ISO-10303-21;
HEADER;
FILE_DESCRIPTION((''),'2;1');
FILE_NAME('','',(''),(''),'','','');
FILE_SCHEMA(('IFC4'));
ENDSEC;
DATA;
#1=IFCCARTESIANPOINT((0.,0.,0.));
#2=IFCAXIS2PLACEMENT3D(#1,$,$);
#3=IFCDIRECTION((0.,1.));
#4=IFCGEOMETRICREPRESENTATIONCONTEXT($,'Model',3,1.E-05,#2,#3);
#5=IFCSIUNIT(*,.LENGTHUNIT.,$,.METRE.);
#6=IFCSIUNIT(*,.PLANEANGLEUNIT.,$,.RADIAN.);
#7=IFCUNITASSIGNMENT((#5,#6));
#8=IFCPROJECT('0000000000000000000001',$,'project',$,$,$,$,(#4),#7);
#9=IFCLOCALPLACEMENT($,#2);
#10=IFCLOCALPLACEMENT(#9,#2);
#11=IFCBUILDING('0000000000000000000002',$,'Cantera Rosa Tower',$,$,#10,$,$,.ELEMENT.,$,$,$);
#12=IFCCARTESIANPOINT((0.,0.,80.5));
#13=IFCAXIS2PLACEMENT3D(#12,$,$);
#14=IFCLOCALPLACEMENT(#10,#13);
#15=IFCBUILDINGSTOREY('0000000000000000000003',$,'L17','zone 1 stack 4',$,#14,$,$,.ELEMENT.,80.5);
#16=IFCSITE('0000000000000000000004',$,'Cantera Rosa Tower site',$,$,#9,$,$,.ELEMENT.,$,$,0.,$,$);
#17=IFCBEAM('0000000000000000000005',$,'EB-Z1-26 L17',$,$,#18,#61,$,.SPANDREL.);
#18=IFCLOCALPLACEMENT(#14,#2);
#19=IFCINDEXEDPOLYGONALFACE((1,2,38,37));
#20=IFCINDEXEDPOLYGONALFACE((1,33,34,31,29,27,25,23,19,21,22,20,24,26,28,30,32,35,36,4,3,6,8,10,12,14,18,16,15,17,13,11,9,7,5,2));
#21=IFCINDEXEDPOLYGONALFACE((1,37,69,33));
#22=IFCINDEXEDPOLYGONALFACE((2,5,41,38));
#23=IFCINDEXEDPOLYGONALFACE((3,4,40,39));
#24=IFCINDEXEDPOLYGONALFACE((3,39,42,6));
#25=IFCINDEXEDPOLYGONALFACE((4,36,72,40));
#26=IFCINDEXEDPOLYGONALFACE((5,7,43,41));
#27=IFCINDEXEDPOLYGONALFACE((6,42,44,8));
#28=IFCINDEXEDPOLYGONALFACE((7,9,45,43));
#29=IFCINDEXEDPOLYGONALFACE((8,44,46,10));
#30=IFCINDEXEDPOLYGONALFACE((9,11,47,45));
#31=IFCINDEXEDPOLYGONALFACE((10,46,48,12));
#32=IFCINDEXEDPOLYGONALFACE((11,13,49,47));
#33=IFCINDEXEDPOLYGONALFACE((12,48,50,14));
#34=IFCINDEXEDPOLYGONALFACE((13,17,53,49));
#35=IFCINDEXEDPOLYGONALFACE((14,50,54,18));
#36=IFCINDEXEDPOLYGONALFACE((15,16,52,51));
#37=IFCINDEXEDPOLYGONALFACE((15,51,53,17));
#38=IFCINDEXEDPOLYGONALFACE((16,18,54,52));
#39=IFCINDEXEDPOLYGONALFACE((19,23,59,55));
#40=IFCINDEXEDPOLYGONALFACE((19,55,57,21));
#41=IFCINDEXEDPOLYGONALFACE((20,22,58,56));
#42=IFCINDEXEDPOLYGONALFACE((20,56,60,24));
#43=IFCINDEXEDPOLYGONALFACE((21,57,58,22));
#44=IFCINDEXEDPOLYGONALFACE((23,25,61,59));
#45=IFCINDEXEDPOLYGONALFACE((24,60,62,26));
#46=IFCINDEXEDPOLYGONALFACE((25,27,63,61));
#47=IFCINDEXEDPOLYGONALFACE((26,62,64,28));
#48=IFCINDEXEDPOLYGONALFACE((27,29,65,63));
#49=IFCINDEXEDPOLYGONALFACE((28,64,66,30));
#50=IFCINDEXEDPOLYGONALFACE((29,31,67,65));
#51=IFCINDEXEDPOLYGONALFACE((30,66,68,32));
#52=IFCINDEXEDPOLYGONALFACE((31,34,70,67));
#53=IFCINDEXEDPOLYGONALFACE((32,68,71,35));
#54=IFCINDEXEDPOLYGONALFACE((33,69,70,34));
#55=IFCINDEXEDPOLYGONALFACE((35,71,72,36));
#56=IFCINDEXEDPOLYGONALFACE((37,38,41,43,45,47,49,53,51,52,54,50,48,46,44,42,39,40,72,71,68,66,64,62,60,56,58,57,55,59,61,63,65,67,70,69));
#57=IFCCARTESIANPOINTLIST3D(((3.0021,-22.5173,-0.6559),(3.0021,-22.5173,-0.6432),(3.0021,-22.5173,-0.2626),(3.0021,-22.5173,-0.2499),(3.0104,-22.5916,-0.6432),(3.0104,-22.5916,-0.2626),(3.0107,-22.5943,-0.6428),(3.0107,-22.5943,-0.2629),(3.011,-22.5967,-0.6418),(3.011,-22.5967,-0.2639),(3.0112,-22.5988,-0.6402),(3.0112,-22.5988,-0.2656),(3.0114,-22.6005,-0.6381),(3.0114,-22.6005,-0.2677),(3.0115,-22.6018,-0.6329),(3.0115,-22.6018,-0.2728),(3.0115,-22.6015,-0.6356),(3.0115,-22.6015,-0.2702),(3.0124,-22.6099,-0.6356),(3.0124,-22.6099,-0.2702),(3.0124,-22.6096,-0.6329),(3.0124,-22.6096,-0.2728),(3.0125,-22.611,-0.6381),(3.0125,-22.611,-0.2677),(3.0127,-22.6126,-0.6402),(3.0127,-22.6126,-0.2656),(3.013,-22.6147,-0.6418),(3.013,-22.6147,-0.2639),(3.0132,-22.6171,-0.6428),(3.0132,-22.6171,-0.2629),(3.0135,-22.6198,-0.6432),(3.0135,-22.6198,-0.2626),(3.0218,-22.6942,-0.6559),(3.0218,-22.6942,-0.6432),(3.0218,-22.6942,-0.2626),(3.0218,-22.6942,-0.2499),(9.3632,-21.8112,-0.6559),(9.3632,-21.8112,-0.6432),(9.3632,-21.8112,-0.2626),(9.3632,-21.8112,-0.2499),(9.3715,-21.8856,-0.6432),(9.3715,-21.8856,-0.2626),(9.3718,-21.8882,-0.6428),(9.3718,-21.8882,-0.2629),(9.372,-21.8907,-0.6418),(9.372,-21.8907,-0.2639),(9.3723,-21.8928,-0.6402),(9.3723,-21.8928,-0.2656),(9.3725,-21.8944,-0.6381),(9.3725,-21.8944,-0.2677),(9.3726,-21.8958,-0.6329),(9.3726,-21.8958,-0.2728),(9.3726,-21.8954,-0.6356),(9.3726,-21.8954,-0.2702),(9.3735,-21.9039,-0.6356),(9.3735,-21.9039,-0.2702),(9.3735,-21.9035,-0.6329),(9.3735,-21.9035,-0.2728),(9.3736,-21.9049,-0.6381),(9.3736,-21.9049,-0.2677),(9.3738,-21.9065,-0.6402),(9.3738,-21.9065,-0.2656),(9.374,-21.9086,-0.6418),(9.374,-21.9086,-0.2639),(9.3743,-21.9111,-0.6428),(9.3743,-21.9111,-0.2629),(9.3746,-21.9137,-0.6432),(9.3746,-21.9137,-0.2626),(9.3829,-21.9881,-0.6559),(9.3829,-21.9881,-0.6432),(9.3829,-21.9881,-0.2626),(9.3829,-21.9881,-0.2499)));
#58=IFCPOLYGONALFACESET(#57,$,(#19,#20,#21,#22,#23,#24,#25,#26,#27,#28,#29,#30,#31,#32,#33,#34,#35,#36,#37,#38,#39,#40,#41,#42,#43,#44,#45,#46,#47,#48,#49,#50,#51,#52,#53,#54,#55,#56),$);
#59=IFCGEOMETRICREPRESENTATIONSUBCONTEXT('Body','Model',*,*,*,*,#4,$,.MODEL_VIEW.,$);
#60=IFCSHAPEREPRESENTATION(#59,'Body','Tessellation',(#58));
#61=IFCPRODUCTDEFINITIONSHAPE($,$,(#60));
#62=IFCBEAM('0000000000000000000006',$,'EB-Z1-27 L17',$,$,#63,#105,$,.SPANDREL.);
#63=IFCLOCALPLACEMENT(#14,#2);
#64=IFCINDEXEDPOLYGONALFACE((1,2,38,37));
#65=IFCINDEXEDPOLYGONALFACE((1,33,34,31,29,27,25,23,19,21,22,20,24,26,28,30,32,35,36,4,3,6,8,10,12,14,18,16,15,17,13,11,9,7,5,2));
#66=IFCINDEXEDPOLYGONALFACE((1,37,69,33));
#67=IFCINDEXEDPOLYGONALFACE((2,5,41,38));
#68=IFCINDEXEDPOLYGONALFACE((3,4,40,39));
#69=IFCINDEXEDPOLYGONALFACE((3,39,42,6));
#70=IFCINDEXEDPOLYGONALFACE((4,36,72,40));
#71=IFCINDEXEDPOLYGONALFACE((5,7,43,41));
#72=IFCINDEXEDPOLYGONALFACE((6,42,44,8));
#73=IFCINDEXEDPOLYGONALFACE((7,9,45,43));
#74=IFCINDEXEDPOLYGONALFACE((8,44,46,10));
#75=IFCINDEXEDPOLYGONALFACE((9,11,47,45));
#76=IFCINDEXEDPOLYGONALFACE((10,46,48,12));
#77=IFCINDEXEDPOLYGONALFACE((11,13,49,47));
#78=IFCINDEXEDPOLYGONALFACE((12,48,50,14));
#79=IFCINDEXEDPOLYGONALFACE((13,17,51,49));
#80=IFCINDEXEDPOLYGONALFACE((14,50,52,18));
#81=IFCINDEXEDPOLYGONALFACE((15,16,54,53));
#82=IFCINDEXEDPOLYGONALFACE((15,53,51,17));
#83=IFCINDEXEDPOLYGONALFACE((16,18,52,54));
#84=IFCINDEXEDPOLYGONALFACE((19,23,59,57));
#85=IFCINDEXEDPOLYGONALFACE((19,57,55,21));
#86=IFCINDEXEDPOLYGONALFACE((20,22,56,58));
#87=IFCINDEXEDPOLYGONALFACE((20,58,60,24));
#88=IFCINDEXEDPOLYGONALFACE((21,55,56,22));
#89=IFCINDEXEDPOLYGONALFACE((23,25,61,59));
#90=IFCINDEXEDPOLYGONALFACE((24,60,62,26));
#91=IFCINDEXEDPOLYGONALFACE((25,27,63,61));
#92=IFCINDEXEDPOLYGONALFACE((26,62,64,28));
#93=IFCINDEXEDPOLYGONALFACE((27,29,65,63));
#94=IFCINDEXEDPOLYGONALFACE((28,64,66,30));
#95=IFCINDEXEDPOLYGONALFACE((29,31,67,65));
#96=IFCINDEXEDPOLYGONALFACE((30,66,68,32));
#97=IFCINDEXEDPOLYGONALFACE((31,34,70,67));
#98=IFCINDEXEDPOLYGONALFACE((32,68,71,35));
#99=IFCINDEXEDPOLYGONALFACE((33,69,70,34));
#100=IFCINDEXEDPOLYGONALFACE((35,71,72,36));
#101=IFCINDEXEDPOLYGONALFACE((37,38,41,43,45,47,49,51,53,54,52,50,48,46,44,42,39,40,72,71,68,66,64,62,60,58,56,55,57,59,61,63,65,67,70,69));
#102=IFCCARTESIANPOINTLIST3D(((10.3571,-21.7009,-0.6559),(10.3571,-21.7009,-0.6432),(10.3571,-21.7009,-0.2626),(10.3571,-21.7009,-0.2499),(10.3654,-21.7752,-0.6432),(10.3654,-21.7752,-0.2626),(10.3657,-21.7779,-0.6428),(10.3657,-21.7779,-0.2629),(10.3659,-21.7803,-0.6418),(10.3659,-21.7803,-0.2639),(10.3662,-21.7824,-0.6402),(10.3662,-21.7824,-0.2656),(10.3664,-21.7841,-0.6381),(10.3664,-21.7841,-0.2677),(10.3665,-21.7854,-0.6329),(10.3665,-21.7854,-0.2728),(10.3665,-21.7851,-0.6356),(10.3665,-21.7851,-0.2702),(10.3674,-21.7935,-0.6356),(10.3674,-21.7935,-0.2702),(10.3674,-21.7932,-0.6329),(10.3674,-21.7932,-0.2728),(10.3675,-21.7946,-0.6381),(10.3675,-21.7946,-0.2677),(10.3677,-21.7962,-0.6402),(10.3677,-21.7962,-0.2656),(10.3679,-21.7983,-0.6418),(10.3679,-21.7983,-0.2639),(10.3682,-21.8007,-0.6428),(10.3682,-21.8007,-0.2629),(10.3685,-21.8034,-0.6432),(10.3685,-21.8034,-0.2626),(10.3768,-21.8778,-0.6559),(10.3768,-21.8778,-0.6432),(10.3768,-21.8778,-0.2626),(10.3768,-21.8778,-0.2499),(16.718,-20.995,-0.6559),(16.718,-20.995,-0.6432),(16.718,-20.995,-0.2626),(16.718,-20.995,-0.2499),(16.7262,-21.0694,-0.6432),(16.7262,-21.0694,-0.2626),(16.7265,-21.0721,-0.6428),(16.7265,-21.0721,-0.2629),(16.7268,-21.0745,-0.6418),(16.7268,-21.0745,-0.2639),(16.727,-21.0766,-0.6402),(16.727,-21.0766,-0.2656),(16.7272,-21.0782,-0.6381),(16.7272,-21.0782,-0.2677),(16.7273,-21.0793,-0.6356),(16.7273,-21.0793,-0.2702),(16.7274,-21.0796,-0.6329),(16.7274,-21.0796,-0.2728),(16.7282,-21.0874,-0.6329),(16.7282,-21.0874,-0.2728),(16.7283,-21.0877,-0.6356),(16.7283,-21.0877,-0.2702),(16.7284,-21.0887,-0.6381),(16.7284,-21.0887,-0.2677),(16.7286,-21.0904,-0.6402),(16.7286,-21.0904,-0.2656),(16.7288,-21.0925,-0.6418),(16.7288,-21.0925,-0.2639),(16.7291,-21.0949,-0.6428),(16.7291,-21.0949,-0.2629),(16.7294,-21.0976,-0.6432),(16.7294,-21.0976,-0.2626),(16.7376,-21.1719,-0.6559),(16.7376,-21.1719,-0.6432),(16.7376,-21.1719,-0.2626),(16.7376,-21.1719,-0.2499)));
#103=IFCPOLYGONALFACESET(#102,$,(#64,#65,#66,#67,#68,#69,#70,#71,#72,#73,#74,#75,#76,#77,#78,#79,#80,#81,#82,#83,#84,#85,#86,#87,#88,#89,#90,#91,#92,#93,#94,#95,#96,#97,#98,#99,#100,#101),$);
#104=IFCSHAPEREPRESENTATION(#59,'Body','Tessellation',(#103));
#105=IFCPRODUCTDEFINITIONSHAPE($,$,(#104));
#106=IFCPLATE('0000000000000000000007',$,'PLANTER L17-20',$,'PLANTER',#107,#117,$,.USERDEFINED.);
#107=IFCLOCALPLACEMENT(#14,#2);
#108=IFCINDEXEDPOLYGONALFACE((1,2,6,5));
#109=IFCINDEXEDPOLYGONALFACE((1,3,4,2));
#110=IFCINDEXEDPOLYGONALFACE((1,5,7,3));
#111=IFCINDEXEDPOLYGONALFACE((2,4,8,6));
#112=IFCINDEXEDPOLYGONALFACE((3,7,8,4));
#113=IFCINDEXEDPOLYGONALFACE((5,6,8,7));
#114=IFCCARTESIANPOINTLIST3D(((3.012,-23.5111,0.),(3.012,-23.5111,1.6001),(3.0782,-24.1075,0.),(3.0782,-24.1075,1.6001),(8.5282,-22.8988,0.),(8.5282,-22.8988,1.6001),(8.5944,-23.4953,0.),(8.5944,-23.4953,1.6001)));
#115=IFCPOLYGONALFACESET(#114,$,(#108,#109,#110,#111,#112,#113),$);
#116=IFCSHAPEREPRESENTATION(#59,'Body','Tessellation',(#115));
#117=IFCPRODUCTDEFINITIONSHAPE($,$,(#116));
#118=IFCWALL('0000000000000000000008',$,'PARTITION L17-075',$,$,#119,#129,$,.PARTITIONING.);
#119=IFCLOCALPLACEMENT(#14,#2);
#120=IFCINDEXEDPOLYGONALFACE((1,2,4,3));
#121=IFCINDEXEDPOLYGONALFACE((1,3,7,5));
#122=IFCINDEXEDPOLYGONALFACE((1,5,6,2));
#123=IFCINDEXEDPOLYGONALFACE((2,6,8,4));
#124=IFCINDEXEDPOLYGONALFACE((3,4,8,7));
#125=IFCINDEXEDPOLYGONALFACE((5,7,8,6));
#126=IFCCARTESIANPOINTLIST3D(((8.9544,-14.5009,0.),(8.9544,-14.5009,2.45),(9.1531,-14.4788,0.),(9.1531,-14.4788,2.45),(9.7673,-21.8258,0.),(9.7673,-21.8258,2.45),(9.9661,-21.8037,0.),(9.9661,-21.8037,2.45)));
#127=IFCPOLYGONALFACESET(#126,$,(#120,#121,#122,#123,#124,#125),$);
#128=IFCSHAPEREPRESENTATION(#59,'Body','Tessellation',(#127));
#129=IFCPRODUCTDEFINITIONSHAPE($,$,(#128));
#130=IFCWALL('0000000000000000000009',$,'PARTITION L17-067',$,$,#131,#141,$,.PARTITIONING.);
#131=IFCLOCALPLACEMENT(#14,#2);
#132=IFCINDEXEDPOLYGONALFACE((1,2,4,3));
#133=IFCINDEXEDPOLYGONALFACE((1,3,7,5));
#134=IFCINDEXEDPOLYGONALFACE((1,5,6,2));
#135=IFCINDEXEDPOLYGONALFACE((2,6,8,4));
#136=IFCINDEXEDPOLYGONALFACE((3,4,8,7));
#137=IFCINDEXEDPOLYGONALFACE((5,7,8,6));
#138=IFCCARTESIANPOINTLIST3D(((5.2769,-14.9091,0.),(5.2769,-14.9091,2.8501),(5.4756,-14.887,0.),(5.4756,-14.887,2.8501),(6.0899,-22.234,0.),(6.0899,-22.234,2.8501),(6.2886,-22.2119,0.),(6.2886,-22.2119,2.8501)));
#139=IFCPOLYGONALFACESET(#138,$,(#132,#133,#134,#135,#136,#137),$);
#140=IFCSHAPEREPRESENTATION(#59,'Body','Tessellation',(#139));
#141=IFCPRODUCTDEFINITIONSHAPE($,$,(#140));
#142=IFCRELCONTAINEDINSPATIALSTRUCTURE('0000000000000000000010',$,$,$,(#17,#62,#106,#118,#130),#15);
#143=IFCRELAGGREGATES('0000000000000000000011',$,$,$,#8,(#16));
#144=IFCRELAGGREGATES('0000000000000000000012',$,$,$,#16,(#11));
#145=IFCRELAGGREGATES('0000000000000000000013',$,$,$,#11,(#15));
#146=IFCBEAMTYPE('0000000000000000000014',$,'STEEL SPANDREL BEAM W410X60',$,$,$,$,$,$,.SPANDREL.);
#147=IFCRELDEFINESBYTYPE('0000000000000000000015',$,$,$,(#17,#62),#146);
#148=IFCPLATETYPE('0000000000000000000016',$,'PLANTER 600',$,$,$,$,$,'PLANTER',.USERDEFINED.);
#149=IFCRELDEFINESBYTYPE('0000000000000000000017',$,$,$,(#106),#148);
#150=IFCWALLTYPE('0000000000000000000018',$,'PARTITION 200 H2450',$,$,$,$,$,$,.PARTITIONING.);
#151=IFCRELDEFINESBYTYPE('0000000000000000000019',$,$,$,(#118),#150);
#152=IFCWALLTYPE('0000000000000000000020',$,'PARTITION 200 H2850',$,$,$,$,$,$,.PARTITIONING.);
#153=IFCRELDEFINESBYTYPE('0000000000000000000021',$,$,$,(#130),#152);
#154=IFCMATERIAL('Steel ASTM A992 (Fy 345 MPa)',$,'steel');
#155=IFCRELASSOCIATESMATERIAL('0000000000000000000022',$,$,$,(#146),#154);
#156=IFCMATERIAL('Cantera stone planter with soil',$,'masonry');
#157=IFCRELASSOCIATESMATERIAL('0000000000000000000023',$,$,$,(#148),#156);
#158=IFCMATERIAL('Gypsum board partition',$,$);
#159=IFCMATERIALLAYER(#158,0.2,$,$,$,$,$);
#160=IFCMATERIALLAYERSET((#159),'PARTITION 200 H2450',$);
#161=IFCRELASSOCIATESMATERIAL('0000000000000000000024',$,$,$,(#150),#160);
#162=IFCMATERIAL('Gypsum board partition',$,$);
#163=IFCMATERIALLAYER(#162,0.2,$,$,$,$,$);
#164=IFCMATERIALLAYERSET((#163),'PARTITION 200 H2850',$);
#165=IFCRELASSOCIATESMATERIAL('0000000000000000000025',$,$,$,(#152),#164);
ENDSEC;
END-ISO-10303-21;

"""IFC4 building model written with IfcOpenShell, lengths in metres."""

from ifc_helpers import new_model, si_unit, direction, frame, frame_2d, origin, origin_2d, place, context, subcontext, project, spatial, rectangle, i_section, extrude, material, layer, layer_set, material_profile, profile_set, type_object, element, save


model = new_model("IFC4")

# Units and contexts
model_context = context("Model", 3, precision=1e-05, world=origin(), true_north=direction((0.0, 1.0)))
body_context = subcontext(model_context, "Body", "Model", "MODEL_VIEW")
ifc_project = project(units=[si_unit("LENGTHUNIT", "METRE"), si_unit("PLANEANGLEUNIT", "RADIAN")], contexts=[model_context])

# Site, building, storey
site_placement = place(None, origin())
site = spatial("IfcSite", under=ifc_project, at=site_placement, Name="Cantera Rosa Tower site", CompositionType="ELEMENT", RefElevation=0.0)
building_placement = place(site_placement, origin())
building = spatial("IfcBuilding", under=site, at=building_placement, Name="Cantera Rosa Tower", CompositionType="ELEMENT")
storey_placement = place(building_placement, frame((0.0, 0.0, 80.5)))
storey = spatial("IfcBuildingStorey", under=building, at=storey_placement, Name="L17", Description="zone 1 stack 4", CompositionType="ELEMENT", Elevation=80.5)

# Beams
ifc_material_1 = material(Name="Steel ASTM A992 (Fy 345 MPa)", Category="steel")
ifc_material_profile_1 = material_profile(ifc_material_1, i_section(OverallWidth=0.178, OverallDepth=0.406, WebThickness=0.0078, FlangeThickness=0.0127, FilletRadius=0.0103, at=origin_2d()), Name="W410X60")
ifc_profile_set_1 = profile_set([ifc_material_profile_1], Name="Steel ASTM A992 (Fy 345 MPa)")
beam_type_1 = type_object("IfcBeamType", Name="STEEL SPANDREL BEAM W410X60", PredefinedType="SPANDREL", material=ifc_profile_set_1)
beam_1_placement = place(storey_placement, frame((3.012, -22.6057, -0.4529), z_axis=(0.993896, 0.110318, 0.0), x_axis=(-0.110318, 0.993896, 0.0)))
element("IfcBeam", 1, at=beam_1_placement, inside=storey, type_object=beam_type_1, Name="EB-Z1-26 L17", PredefinedType="SPANDREL", context=body_context, shape_type="SweptSolid", body=[
    extrude(i_section(OverallWidth=0.178, OverallDepth=0.406, WebThickness=0.0078, FlangeThickness=0.0127, FilletRadius=0.0103, at=origin_2d()), origin(), (0.0, 0.0, 1.0), 6.4001),
])
beam_2_placement = place(storey_placement, frame((10.3669, -21.7893, -0.4529), z_axis=(0.9939, 0.110285, 0.0), x_axis=(-0.110285, 0.9939, 0.0)))
element("IfcBeam", 2, at=beam_2_placement, inside=storey, type_object=beam_type_1, Name="EB-Z1-27 L17", PredefinedType="SPANDREL", context=body_context, shape_type="SweptSolid", body=[
    extrude(i_section(OverallWidth=0.178, OverallDepth=0.406, WebThickness=0.0078, FlangeThickness=0.0127, FilletRadius=0.0103, at=origin_2d()), origin(), (0.0, 0.0, 1.0), 6.3999),
])

# Plate
ifc_material_2 = material(Name="Cantera stone planter with soil", Category="masonry")
plate_type = type_object("IfcPlateType", Name="PLANTER 600", ElementType="PLANTER", PredefinedType="USERDEFINED", material=ifc_material_2)
plate_placement = place(storey_placement, frame((5.8032, -23.5032, 0.0), z_axis=(0.0, 0.0, 1.0), x_axis=(0.993897, 0.110313, 0.0)))
element("IfcPlate", 3, at=plate_placement, inside=storey, type_object=plate_type, Name="PLANTER L17-20", ObjectType="PLANTER", PredefinedType="USERDEFINED", context=body_context, shape_type="SweptSolid", body=[
    extrude(rectangle(XDim=5.55, YDim=0.6001, at=origin_2d()), origin(), (0.0, 0.0, 1.0), 1.6001),
])

# Walls
ifc_material_3 = material(Name="Gypsum board partition")
ifc_layer_1 = layer(ifc_material_3, 0.2)
ifc_layer_set_1 = layer_set([ifc_layer_1], Name="PARTITION 200 H2450")
wall_type_1 = type_object("IfcWallType", Name="PARTITION 200 H2450", PredefinedType="PARTITIONING", material=ifc_layer_set_1)
wall_1_placement = place(storey_placement, frame((9.0537, -14.4897, 0.0), z_axis=(0.0, 0.0, 1.0), x_axis=(0.110312, -0.993897, 0.0)))
element("IfcWall", 4, at=wall_1_placement, inside=storey, type_object=wall_type_1, Name="PARTITION L17-075", PredefinedType="PARTITIONING", context=body_context, shape_type="SweptSolid", body=[
    extrude(rectangle(XDim=7.3699, YDim=0.2, at=frame_2d((3.6851, 0.0))), origin(), (0.0, 0.0, 1.0), 2.45),
])
ifc_material_4 = material(Name="Gypsum board partition")
ifc_layer_2 = layer(ifc_material_4, 0.2)
ifc_layer_set_2 = layer_set([ifc_layer_2], Name="PARTITION 200 H2850")
wall_type_2 = type_object("IfcWallType", Name="PARTITION 200 H2850", PredefinedType="PARTITIONING", material=ifc_layer_set_2)
wall_2_placement = place(storey_placement, frame((5.3762, -14.8979, 0.0), z_axis=(0.0, 0.0, 1.0), x_axis=(0.110312, -0.993897, 0.0)))
element("IfcWall", 5, at=wall_2_placement, inside=storey, type_object=wall_type_2, Name="PARTITION L17-067", PredefinedType="PARTITIONING", context=body_context, shape_type="SweptSolid", body=[
    extrude(rectangle(XDim=7.3699, YDim=0.2, at=frame_2d((3.6851, 0.0))), origin(), (0.0, 0.0, 1.0), 2.8501),
])

save(model, "model.ifc")
